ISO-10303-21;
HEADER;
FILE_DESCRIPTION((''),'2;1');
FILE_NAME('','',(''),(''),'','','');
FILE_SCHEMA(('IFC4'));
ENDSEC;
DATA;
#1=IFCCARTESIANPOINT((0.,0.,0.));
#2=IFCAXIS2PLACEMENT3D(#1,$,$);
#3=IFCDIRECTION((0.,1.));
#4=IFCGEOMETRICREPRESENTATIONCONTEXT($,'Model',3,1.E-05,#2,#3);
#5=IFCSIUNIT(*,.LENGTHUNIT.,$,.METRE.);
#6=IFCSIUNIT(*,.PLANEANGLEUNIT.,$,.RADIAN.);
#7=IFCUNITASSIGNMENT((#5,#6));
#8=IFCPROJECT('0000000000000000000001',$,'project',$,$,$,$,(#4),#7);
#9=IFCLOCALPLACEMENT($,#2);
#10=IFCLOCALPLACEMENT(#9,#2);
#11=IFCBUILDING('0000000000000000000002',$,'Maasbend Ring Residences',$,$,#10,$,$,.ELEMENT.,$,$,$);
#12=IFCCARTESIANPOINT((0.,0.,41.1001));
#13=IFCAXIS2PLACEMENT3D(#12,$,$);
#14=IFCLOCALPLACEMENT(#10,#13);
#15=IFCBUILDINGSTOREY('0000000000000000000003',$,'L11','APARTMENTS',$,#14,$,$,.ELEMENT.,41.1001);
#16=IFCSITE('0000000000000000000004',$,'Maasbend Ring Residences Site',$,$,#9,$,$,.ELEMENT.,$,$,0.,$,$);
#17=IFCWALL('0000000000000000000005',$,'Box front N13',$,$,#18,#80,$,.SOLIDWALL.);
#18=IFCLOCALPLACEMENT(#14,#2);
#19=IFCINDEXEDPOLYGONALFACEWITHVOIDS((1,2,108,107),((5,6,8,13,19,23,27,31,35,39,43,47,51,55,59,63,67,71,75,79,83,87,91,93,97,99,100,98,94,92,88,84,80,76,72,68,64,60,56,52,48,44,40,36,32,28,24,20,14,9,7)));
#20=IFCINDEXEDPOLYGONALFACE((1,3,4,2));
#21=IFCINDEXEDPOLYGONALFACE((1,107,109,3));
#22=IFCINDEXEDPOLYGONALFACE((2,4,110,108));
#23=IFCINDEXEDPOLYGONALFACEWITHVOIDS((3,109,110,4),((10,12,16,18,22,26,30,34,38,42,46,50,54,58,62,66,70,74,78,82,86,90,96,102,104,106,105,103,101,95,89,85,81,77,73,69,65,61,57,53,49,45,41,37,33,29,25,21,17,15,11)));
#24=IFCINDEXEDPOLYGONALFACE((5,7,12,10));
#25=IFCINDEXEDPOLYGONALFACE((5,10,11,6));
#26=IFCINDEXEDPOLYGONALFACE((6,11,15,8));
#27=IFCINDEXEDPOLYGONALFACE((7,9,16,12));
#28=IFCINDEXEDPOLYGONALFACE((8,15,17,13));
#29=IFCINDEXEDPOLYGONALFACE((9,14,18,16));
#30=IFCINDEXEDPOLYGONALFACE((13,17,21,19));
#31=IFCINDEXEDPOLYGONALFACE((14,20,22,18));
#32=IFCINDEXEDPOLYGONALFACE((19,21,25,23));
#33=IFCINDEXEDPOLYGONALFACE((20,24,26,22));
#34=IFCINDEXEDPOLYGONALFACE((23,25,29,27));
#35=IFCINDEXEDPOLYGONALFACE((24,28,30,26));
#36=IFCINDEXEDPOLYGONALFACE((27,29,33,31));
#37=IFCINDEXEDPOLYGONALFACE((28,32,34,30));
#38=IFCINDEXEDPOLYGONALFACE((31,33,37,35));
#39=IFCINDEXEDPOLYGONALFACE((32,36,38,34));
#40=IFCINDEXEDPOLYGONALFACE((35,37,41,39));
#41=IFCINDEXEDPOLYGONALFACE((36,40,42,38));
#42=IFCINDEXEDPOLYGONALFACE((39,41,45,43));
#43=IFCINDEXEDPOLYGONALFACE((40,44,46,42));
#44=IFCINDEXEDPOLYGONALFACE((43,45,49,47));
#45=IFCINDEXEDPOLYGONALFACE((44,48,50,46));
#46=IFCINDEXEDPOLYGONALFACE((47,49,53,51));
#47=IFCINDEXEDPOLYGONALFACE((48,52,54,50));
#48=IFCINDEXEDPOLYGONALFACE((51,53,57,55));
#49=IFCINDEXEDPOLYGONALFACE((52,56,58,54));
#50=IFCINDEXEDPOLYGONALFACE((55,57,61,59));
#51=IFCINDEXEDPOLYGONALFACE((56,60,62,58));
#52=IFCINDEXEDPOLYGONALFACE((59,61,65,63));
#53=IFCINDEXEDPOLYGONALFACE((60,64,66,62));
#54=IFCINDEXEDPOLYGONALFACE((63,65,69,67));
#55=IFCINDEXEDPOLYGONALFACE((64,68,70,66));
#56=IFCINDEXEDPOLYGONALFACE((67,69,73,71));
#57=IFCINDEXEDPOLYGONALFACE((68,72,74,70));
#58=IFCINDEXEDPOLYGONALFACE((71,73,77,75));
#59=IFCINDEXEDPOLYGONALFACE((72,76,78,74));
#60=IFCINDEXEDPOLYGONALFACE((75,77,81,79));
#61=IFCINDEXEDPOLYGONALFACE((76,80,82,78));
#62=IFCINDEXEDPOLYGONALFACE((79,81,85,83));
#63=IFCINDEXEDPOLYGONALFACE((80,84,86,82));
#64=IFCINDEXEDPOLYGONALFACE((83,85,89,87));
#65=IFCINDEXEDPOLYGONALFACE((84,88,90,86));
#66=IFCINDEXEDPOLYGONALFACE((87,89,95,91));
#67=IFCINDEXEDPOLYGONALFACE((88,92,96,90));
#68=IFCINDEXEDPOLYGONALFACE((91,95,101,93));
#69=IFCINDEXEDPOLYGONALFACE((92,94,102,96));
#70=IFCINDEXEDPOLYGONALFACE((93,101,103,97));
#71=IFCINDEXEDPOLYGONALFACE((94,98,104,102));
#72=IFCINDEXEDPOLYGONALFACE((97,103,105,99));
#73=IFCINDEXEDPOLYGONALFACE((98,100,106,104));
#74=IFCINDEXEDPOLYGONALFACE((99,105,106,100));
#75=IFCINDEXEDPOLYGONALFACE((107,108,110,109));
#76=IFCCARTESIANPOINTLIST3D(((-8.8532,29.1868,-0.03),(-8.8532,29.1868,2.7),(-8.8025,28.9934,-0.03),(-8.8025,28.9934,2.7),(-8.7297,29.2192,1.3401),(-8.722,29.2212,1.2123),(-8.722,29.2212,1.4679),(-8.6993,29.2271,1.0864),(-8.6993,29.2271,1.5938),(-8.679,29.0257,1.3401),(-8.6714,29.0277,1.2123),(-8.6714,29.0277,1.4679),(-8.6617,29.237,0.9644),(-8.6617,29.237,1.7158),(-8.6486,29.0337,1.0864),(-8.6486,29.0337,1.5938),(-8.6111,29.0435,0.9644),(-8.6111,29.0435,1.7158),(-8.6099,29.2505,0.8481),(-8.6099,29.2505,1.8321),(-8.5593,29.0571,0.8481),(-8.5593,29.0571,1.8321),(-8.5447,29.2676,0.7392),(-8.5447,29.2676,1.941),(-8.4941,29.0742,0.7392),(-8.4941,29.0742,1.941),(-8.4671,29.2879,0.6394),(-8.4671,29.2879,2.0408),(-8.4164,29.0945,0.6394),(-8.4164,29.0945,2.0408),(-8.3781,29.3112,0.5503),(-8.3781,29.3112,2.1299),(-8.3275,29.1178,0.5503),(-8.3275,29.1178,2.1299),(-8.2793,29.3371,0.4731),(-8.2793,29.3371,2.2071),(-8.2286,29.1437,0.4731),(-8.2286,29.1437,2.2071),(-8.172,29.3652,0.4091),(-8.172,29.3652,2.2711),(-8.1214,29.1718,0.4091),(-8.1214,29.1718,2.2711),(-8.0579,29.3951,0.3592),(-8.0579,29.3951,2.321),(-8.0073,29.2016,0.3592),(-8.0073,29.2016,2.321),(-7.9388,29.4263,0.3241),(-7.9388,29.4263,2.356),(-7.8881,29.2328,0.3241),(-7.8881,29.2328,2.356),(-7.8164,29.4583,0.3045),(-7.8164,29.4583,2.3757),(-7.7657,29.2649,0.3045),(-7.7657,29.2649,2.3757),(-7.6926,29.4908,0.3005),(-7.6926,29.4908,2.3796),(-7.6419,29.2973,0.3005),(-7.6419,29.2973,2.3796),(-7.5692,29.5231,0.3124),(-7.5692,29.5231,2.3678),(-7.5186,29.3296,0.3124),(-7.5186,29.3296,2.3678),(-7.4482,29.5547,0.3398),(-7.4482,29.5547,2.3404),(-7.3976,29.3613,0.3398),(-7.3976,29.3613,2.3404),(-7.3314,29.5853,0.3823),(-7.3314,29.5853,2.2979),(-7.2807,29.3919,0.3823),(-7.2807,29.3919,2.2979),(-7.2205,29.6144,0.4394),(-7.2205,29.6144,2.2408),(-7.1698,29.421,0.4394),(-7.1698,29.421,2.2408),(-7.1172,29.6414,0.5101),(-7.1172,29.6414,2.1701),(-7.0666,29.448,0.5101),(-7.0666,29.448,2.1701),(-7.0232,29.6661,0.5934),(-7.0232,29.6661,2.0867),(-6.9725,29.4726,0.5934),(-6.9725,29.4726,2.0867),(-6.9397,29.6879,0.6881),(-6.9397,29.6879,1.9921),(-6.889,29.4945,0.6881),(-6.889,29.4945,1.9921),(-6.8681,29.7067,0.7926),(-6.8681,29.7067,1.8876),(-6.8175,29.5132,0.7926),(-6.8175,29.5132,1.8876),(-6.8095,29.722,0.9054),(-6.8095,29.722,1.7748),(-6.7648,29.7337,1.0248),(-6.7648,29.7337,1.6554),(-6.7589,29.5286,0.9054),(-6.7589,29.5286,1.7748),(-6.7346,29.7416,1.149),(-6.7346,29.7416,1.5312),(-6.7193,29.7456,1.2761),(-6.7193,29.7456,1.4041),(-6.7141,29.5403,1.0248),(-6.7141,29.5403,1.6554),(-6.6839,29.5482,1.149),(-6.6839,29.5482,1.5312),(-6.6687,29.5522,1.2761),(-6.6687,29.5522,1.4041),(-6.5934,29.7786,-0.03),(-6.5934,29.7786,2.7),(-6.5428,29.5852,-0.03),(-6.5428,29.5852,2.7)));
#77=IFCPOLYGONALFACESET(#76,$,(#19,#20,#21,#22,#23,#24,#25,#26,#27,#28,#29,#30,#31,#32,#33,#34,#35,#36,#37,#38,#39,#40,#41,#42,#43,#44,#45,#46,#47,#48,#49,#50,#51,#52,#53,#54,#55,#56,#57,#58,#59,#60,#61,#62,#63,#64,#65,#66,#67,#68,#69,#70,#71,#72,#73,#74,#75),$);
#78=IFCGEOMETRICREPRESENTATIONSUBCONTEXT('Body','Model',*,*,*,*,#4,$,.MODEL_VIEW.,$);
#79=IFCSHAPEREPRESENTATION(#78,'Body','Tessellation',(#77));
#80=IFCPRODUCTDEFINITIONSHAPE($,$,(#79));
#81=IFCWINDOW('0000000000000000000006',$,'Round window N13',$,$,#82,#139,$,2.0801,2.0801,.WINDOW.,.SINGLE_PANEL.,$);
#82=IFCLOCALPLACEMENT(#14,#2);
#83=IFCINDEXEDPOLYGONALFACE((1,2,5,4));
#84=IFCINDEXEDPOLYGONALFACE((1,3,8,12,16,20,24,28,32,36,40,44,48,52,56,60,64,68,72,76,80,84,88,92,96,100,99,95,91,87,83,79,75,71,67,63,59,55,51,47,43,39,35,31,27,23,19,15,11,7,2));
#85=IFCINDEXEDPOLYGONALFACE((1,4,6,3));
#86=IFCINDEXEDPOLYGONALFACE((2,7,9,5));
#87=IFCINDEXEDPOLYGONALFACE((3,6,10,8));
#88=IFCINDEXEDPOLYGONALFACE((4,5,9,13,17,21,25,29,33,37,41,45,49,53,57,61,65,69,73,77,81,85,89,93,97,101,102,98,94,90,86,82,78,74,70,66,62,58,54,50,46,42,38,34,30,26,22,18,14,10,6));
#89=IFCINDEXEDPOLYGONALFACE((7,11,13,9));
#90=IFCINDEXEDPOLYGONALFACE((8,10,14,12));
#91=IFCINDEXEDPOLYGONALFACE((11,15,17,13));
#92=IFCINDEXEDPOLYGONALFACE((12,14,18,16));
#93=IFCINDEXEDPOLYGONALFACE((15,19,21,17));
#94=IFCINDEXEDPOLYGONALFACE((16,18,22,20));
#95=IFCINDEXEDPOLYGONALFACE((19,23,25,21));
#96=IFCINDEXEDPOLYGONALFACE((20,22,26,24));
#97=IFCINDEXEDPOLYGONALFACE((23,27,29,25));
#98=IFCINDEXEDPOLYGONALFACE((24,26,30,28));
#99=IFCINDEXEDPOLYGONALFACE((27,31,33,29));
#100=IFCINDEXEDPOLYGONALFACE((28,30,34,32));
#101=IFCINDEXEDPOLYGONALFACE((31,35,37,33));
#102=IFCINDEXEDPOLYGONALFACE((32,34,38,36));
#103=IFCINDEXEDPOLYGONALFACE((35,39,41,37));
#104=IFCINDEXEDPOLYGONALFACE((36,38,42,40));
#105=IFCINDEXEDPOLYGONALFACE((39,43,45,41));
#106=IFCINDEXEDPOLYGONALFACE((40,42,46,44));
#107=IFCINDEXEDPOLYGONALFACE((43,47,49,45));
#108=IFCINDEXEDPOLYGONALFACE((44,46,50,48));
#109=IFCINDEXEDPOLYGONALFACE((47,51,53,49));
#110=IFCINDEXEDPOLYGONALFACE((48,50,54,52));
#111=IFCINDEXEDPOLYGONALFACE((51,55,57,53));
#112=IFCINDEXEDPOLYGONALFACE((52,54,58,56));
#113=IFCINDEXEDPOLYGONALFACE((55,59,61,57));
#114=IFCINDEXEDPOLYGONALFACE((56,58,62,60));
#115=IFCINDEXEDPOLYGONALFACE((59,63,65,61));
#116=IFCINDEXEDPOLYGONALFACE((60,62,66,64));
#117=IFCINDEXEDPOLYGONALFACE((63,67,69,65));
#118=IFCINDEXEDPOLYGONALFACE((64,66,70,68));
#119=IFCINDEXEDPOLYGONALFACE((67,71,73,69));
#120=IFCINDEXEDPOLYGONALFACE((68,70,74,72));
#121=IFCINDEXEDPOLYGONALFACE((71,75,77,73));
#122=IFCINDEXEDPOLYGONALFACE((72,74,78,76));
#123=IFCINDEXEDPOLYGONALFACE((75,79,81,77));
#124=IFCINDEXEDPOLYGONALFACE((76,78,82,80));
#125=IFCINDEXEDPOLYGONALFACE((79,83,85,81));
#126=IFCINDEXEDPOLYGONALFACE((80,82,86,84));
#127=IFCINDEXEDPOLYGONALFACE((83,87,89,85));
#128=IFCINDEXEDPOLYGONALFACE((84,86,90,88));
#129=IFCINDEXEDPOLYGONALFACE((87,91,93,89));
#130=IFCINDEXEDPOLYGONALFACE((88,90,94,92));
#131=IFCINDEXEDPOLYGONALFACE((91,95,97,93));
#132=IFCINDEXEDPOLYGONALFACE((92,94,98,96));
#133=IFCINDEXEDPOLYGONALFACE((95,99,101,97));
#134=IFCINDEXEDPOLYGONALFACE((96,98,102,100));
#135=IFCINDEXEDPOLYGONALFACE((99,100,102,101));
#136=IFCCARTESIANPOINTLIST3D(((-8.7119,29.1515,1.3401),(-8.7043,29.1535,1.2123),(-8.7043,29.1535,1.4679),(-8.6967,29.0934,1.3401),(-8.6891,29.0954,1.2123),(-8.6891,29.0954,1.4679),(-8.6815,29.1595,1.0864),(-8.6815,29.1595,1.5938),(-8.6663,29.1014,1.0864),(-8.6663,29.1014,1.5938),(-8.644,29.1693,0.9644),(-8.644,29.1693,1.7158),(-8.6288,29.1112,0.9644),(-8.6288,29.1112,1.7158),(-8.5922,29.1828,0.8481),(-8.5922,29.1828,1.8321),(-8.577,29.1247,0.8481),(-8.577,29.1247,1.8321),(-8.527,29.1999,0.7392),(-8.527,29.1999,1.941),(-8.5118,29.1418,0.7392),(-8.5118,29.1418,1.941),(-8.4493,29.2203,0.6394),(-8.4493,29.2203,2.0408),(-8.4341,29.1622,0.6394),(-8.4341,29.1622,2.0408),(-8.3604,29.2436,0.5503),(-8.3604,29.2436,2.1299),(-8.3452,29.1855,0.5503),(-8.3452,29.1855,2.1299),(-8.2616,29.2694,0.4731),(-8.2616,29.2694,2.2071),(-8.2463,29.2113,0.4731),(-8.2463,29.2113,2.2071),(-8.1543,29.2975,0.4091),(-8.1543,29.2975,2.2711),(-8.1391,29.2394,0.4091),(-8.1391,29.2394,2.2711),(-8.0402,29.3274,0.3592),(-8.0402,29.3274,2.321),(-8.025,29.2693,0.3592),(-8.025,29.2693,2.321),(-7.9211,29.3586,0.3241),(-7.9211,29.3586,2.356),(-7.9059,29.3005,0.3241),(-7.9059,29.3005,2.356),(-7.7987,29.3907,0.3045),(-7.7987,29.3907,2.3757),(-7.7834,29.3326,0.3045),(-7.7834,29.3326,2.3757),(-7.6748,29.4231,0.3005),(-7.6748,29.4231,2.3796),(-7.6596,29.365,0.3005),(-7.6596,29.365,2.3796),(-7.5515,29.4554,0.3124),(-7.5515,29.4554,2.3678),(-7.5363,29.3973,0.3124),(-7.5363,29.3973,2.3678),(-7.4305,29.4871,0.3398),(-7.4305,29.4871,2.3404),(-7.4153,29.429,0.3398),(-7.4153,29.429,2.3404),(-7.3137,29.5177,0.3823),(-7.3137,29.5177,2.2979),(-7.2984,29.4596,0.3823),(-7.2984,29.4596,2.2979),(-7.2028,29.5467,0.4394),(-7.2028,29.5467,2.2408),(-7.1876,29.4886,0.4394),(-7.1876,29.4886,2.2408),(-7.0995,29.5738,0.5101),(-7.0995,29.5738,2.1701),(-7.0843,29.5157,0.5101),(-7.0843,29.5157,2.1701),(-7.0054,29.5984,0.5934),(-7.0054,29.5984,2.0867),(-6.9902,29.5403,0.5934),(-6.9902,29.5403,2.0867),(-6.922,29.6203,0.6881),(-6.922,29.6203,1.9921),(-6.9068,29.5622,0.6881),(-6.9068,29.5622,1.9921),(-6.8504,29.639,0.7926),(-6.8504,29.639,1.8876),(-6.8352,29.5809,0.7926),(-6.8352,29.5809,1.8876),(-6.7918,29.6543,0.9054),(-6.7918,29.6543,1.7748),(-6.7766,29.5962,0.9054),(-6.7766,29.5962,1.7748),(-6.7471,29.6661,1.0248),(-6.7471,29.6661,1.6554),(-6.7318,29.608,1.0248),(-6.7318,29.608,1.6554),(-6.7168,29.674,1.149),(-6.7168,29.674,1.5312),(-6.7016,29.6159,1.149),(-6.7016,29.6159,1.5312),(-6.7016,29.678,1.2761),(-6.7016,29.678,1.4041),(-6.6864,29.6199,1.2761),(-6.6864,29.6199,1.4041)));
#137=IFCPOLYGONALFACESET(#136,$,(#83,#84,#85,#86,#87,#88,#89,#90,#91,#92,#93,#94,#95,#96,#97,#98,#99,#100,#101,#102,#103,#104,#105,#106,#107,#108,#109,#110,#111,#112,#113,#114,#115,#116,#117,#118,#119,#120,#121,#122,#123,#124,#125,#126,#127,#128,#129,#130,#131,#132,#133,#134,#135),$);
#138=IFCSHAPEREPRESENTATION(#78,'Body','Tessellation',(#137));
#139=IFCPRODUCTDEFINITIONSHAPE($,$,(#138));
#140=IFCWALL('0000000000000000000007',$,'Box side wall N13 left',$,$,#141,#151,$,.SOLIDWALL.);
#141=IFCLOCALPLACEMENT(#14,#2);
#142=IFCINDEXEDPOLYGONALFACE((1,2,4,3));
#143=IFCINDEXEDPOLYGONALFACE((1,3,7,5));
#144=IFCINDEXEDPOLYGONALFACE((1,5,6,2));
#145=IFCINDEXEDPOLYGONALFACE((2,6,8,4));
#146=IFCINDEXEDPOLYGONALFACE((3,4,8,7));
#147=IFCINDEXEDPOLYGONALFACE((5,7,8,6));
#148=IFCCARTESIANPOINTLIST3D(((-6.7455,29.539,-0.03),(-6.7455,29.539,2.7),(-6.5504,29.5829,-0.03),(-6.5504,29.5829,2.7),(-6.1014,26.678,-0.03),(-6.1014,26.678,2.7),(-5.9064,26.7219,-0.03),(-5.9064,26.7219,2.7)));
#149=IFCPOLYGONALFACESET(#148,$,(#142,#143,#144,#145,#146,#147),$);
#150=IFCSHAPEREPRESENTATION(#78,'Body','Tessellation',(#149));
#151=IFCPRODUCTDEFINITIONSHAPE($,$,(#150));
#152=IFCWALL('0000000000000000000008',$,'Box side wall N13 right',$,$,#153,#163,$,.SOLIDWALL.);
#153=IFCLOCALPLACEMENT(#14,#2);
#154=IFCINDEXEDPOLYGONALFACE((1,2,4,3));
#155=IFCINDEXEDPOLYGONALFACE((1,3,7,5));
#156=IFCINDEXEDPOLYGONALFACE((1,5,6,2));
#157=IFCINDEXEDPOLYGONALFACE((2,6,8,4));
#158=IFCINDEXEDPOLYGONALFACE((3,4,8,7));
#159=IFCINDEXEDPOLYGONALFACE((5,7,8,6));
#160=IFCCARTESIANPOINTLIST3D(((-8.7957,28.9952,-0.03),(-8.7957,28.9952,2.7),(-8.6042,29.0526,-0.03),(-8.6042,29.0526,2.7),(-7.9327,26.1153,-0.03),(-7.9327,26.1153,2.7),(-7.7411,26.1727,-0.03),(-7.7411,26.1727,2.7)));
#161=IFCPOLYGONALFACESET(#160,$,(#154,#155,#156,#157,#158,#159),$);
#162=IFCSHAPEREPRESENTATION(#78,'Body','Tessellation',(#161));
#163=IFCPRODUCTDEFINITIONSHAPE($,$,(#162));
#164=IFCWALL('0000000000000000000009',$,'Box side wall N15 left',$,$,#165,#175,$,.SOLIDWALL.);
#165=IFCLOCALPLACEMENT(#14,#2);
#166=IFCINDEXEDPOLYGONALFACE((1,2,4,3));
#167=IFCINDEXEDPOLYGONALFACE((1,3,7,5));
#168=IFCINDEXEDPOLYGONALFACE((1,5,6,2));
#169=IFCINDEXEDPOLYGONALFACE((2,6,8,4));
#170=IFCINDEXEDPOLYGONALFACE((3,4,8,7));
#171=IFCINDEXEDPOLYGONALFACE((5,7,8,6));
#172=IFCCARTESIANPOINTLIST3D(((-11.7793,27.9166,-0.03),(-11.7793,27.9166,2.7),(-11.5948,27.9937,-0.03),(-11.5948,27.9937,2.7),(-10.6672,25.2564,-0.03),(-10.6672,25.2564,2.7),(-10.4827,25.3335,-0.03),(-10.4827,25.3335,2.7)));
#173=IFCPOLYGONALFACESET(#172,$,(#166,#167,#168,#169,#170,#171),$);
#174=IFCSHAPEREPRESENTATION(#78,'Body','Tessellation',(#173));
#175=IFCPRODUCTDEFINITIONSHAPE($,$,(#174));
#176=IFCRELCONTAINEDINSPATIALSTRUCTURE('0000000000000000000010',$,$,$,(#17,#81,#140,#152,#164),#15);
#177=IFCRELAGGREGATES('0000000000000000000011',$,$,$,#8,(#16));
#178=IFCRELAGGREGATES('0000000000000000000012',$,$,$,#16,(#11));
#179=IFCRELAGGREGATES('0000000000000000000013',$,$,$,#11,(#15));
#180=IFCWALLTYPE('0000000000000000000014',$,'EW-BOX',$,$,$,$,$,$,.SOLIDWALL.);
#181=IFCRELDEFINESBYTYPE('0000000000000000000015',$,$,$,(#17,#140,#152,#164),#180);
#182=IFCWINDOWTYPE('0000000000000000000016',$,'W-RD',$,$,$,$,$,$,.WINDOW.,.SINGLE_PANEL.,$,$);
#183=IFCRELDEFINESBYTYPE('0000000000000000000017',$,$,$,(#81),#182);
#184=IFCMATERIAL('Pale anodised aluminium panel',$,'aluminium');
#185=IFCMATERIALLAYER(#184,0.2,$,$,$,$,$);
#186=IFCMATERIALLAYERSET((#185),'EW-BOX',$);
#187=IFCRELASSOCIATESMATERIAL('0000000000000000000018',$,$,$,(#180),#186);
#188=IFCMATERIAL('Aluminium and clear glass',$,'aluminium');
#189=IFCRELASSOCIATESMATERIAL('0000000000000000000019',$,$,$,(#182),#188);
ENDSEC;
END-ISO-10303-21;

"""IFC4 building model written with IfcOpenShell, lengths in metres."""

from ifc_helpers import new_model, si_unit, direction, frame, frame_2d, origin, place, context, subcontext, project, spatial, rectangle, circle, extrude, material, layer, layer_set, type_object, element, fill, save


model = new_model("IFC4")

# Units and contexts
model_context = context("Model", 3, precision=1e-05, world=origin(), true_north=direction((0.0, 1.0)))
body_context = subcontext(model_context, "Body", "Model", "MODEL_VIEW")
ifc_project = project(units=[si_unit("LENGTHUNIT", "METRE"), si_unit("PLANEANGLEUNIT", "RADIAN")], contexts=[model_context])

# Site, building, storey
site_placement = place(None, origin())
site = spatial("IfcSite", under=ifc_project, at=site_placement, Name="Maasbend Ring Residences Site", CompositionType="ELEMENT", RefElevation=0.0)
building_placement = place(site_placement, origin())
building = spatial("IfcBuilding", under=site, at=building_placement, Name="Maasbend Ring Residences", CompositionType="ELEMENT")
storey_placement = place(building_placement, frame((0.0, 0.0, 41.1001)))
storey = spatial("IfcBuildingStorey", under=building, at=storey_placement, Name="L11", Description="APARTMENTS", CompositionType="ELEMENT", Elevation=41.1001)

# Shared definitions
ifc_material_1 = material(Name="Pale anodised aluminium panel", Category="aluminium")
ifc_layer_1 = layer(ifc_material_1, 0.2)
ifc_layer_set_1 = layer_set([ifc_layer_1], Name="EW-BOX")
wall_type_1 = type_object("IfcWallType", Name="EW-BOX", PredefinedType="SOLIDWALL", material=ifc_layer_set_1)

# Wall, opening, window
wall_1_placement = place(storey_placement, frame((-6.5681, 29.6819, -0.03), z_axis=(0.0, 0.0, 1.0), x_axis=(-0.967377, -0.253341, 0.0)))
wall_1 = element("IfcWall", 1, at=wall_1_placement, inside=storey, type_object=wall_type_1, Name="Box front N13", PredefinedType="SOLIDWALL", context=body_context, shape_type="SweptSolid", body=[
    extrude(rectangle(XDim=2.3359, YDim=0.2, at=frame_2d((1.168, 0.0))), origin(), (0.0, 0.0, 1.0), 2.73),
])
opening_1_placement = place(wall_1_placement, frame((0.1282, 0.0, 0.3301)))
opening_1 = element("IfcOpeningElement", 2, at=opening_1_placement, cuts=wall_1, PredefinedType="OPENING", context=body_context, shape_type="SweptSolid", body=[
    extrude(circle(Radius=1.04, at=frame_2d((1.04, 1.04))), frame((0.0, 0.1099, 0.0), z_axis=(0.0, -1.0, 0.0), x_axis=(1.0, 0.0, 0.0)), (0.0, 0.0, 1.0), 0.22),
])
ifc_material_2 = material(Name="Aluminium and clear glass", Category="aluminium")
window_type_1 = type_object("IfcWindowType", Name="W-RD", PartitioningType="SINGLE_PANEL", PredefinedType="WINDOW", material=ifc_material_2)
window_1_placement = place(opening_1_placement, origin())
window_1 = element("IfcWindow", 3, at=window_1_placement, inside=storey, type_object=window_type_1, Name="Round window N13", OverallHeight=2.0801, OverallWidth=2.0801, PartitioningType="SINGLE_PANEL", PredefinedType="WINDOW", context=body_context, shape_type="SweptSolid", body=[
    extrude(circle(Radius=1.04, at=frame_2d((1.04, 1.04))), frame((0.0, 0.03, 0.0), z_axis=(0.0, -1.0, 0.0), x_axis=(1.0, 0.0, 0.0)), (0.0, 0.0, 1.0), 0.0601),
])
fill(opening_1, window_1)

# Walls
wall_2_placement = place(storey_placement, frame((-6.0039, 26.7, -0.03), z_axis=(0.0, 0.0, 1.0), x_axis=(-0.219609, 0.975588, 0.0)))
element("IfcWall", 4, at=wall_2_placement, inside=storey, type_object=wall_type_1, Name="Box side wall N13 left", PredefinedType="SOLIDWALL", context=body_context, shape_type="SweptSolid", body=[
    extrude(rectangle(XDim=2.9326, YDim=0.2, at=frame_2d((1.4663, 0.0))), origin(), (0.0, 0.0, 1.0), 2.73),
])
wall_3_placement = place(storey_placement, frame((-7.8369, 26.144, -0.03), z_axis=(0.0, 0.0, 1.0), x_axis=(-0.287065, 0.957911, 0.0)))
element("IfcWall", 5, at=wall_3_placement, inside=storey, type_object=wall_type_1, Name="Box side wall N13 right", PredefinedType="SOLIDWALL", context=body_context, shape_type="SweptSolid", body=[
    extrude(rectangle(XDim=3.0063, YDim=0.2, at=frame_2d((1.5032, 0.0))), origin(), (0.0, 0.0, 1.0), 2.73),
])
wall_4_placement = place(storey_placement, frame((-10.575, 25.2949, -0.03), z_axis=(0.0, 0.0, 1.0), x_axis=(-0.385697, 0.922625, 0.0)))
element("IfcWall", 6, at=wall_4_placement, inside=storey, type_object=wall_type_1, Name="Box side wall N15 left", PredefinedType="SOLIDWALL", context=body_context, shape_type="SweptSolid", body=[
    extrude(rectangle(XDim=2.8833, YDim=0.2, at=frame_2d((1.4417, 0.0))), origin(), (0.0, 0.0, 1.0), 2.73),
])

save(model, "model.ifc")
